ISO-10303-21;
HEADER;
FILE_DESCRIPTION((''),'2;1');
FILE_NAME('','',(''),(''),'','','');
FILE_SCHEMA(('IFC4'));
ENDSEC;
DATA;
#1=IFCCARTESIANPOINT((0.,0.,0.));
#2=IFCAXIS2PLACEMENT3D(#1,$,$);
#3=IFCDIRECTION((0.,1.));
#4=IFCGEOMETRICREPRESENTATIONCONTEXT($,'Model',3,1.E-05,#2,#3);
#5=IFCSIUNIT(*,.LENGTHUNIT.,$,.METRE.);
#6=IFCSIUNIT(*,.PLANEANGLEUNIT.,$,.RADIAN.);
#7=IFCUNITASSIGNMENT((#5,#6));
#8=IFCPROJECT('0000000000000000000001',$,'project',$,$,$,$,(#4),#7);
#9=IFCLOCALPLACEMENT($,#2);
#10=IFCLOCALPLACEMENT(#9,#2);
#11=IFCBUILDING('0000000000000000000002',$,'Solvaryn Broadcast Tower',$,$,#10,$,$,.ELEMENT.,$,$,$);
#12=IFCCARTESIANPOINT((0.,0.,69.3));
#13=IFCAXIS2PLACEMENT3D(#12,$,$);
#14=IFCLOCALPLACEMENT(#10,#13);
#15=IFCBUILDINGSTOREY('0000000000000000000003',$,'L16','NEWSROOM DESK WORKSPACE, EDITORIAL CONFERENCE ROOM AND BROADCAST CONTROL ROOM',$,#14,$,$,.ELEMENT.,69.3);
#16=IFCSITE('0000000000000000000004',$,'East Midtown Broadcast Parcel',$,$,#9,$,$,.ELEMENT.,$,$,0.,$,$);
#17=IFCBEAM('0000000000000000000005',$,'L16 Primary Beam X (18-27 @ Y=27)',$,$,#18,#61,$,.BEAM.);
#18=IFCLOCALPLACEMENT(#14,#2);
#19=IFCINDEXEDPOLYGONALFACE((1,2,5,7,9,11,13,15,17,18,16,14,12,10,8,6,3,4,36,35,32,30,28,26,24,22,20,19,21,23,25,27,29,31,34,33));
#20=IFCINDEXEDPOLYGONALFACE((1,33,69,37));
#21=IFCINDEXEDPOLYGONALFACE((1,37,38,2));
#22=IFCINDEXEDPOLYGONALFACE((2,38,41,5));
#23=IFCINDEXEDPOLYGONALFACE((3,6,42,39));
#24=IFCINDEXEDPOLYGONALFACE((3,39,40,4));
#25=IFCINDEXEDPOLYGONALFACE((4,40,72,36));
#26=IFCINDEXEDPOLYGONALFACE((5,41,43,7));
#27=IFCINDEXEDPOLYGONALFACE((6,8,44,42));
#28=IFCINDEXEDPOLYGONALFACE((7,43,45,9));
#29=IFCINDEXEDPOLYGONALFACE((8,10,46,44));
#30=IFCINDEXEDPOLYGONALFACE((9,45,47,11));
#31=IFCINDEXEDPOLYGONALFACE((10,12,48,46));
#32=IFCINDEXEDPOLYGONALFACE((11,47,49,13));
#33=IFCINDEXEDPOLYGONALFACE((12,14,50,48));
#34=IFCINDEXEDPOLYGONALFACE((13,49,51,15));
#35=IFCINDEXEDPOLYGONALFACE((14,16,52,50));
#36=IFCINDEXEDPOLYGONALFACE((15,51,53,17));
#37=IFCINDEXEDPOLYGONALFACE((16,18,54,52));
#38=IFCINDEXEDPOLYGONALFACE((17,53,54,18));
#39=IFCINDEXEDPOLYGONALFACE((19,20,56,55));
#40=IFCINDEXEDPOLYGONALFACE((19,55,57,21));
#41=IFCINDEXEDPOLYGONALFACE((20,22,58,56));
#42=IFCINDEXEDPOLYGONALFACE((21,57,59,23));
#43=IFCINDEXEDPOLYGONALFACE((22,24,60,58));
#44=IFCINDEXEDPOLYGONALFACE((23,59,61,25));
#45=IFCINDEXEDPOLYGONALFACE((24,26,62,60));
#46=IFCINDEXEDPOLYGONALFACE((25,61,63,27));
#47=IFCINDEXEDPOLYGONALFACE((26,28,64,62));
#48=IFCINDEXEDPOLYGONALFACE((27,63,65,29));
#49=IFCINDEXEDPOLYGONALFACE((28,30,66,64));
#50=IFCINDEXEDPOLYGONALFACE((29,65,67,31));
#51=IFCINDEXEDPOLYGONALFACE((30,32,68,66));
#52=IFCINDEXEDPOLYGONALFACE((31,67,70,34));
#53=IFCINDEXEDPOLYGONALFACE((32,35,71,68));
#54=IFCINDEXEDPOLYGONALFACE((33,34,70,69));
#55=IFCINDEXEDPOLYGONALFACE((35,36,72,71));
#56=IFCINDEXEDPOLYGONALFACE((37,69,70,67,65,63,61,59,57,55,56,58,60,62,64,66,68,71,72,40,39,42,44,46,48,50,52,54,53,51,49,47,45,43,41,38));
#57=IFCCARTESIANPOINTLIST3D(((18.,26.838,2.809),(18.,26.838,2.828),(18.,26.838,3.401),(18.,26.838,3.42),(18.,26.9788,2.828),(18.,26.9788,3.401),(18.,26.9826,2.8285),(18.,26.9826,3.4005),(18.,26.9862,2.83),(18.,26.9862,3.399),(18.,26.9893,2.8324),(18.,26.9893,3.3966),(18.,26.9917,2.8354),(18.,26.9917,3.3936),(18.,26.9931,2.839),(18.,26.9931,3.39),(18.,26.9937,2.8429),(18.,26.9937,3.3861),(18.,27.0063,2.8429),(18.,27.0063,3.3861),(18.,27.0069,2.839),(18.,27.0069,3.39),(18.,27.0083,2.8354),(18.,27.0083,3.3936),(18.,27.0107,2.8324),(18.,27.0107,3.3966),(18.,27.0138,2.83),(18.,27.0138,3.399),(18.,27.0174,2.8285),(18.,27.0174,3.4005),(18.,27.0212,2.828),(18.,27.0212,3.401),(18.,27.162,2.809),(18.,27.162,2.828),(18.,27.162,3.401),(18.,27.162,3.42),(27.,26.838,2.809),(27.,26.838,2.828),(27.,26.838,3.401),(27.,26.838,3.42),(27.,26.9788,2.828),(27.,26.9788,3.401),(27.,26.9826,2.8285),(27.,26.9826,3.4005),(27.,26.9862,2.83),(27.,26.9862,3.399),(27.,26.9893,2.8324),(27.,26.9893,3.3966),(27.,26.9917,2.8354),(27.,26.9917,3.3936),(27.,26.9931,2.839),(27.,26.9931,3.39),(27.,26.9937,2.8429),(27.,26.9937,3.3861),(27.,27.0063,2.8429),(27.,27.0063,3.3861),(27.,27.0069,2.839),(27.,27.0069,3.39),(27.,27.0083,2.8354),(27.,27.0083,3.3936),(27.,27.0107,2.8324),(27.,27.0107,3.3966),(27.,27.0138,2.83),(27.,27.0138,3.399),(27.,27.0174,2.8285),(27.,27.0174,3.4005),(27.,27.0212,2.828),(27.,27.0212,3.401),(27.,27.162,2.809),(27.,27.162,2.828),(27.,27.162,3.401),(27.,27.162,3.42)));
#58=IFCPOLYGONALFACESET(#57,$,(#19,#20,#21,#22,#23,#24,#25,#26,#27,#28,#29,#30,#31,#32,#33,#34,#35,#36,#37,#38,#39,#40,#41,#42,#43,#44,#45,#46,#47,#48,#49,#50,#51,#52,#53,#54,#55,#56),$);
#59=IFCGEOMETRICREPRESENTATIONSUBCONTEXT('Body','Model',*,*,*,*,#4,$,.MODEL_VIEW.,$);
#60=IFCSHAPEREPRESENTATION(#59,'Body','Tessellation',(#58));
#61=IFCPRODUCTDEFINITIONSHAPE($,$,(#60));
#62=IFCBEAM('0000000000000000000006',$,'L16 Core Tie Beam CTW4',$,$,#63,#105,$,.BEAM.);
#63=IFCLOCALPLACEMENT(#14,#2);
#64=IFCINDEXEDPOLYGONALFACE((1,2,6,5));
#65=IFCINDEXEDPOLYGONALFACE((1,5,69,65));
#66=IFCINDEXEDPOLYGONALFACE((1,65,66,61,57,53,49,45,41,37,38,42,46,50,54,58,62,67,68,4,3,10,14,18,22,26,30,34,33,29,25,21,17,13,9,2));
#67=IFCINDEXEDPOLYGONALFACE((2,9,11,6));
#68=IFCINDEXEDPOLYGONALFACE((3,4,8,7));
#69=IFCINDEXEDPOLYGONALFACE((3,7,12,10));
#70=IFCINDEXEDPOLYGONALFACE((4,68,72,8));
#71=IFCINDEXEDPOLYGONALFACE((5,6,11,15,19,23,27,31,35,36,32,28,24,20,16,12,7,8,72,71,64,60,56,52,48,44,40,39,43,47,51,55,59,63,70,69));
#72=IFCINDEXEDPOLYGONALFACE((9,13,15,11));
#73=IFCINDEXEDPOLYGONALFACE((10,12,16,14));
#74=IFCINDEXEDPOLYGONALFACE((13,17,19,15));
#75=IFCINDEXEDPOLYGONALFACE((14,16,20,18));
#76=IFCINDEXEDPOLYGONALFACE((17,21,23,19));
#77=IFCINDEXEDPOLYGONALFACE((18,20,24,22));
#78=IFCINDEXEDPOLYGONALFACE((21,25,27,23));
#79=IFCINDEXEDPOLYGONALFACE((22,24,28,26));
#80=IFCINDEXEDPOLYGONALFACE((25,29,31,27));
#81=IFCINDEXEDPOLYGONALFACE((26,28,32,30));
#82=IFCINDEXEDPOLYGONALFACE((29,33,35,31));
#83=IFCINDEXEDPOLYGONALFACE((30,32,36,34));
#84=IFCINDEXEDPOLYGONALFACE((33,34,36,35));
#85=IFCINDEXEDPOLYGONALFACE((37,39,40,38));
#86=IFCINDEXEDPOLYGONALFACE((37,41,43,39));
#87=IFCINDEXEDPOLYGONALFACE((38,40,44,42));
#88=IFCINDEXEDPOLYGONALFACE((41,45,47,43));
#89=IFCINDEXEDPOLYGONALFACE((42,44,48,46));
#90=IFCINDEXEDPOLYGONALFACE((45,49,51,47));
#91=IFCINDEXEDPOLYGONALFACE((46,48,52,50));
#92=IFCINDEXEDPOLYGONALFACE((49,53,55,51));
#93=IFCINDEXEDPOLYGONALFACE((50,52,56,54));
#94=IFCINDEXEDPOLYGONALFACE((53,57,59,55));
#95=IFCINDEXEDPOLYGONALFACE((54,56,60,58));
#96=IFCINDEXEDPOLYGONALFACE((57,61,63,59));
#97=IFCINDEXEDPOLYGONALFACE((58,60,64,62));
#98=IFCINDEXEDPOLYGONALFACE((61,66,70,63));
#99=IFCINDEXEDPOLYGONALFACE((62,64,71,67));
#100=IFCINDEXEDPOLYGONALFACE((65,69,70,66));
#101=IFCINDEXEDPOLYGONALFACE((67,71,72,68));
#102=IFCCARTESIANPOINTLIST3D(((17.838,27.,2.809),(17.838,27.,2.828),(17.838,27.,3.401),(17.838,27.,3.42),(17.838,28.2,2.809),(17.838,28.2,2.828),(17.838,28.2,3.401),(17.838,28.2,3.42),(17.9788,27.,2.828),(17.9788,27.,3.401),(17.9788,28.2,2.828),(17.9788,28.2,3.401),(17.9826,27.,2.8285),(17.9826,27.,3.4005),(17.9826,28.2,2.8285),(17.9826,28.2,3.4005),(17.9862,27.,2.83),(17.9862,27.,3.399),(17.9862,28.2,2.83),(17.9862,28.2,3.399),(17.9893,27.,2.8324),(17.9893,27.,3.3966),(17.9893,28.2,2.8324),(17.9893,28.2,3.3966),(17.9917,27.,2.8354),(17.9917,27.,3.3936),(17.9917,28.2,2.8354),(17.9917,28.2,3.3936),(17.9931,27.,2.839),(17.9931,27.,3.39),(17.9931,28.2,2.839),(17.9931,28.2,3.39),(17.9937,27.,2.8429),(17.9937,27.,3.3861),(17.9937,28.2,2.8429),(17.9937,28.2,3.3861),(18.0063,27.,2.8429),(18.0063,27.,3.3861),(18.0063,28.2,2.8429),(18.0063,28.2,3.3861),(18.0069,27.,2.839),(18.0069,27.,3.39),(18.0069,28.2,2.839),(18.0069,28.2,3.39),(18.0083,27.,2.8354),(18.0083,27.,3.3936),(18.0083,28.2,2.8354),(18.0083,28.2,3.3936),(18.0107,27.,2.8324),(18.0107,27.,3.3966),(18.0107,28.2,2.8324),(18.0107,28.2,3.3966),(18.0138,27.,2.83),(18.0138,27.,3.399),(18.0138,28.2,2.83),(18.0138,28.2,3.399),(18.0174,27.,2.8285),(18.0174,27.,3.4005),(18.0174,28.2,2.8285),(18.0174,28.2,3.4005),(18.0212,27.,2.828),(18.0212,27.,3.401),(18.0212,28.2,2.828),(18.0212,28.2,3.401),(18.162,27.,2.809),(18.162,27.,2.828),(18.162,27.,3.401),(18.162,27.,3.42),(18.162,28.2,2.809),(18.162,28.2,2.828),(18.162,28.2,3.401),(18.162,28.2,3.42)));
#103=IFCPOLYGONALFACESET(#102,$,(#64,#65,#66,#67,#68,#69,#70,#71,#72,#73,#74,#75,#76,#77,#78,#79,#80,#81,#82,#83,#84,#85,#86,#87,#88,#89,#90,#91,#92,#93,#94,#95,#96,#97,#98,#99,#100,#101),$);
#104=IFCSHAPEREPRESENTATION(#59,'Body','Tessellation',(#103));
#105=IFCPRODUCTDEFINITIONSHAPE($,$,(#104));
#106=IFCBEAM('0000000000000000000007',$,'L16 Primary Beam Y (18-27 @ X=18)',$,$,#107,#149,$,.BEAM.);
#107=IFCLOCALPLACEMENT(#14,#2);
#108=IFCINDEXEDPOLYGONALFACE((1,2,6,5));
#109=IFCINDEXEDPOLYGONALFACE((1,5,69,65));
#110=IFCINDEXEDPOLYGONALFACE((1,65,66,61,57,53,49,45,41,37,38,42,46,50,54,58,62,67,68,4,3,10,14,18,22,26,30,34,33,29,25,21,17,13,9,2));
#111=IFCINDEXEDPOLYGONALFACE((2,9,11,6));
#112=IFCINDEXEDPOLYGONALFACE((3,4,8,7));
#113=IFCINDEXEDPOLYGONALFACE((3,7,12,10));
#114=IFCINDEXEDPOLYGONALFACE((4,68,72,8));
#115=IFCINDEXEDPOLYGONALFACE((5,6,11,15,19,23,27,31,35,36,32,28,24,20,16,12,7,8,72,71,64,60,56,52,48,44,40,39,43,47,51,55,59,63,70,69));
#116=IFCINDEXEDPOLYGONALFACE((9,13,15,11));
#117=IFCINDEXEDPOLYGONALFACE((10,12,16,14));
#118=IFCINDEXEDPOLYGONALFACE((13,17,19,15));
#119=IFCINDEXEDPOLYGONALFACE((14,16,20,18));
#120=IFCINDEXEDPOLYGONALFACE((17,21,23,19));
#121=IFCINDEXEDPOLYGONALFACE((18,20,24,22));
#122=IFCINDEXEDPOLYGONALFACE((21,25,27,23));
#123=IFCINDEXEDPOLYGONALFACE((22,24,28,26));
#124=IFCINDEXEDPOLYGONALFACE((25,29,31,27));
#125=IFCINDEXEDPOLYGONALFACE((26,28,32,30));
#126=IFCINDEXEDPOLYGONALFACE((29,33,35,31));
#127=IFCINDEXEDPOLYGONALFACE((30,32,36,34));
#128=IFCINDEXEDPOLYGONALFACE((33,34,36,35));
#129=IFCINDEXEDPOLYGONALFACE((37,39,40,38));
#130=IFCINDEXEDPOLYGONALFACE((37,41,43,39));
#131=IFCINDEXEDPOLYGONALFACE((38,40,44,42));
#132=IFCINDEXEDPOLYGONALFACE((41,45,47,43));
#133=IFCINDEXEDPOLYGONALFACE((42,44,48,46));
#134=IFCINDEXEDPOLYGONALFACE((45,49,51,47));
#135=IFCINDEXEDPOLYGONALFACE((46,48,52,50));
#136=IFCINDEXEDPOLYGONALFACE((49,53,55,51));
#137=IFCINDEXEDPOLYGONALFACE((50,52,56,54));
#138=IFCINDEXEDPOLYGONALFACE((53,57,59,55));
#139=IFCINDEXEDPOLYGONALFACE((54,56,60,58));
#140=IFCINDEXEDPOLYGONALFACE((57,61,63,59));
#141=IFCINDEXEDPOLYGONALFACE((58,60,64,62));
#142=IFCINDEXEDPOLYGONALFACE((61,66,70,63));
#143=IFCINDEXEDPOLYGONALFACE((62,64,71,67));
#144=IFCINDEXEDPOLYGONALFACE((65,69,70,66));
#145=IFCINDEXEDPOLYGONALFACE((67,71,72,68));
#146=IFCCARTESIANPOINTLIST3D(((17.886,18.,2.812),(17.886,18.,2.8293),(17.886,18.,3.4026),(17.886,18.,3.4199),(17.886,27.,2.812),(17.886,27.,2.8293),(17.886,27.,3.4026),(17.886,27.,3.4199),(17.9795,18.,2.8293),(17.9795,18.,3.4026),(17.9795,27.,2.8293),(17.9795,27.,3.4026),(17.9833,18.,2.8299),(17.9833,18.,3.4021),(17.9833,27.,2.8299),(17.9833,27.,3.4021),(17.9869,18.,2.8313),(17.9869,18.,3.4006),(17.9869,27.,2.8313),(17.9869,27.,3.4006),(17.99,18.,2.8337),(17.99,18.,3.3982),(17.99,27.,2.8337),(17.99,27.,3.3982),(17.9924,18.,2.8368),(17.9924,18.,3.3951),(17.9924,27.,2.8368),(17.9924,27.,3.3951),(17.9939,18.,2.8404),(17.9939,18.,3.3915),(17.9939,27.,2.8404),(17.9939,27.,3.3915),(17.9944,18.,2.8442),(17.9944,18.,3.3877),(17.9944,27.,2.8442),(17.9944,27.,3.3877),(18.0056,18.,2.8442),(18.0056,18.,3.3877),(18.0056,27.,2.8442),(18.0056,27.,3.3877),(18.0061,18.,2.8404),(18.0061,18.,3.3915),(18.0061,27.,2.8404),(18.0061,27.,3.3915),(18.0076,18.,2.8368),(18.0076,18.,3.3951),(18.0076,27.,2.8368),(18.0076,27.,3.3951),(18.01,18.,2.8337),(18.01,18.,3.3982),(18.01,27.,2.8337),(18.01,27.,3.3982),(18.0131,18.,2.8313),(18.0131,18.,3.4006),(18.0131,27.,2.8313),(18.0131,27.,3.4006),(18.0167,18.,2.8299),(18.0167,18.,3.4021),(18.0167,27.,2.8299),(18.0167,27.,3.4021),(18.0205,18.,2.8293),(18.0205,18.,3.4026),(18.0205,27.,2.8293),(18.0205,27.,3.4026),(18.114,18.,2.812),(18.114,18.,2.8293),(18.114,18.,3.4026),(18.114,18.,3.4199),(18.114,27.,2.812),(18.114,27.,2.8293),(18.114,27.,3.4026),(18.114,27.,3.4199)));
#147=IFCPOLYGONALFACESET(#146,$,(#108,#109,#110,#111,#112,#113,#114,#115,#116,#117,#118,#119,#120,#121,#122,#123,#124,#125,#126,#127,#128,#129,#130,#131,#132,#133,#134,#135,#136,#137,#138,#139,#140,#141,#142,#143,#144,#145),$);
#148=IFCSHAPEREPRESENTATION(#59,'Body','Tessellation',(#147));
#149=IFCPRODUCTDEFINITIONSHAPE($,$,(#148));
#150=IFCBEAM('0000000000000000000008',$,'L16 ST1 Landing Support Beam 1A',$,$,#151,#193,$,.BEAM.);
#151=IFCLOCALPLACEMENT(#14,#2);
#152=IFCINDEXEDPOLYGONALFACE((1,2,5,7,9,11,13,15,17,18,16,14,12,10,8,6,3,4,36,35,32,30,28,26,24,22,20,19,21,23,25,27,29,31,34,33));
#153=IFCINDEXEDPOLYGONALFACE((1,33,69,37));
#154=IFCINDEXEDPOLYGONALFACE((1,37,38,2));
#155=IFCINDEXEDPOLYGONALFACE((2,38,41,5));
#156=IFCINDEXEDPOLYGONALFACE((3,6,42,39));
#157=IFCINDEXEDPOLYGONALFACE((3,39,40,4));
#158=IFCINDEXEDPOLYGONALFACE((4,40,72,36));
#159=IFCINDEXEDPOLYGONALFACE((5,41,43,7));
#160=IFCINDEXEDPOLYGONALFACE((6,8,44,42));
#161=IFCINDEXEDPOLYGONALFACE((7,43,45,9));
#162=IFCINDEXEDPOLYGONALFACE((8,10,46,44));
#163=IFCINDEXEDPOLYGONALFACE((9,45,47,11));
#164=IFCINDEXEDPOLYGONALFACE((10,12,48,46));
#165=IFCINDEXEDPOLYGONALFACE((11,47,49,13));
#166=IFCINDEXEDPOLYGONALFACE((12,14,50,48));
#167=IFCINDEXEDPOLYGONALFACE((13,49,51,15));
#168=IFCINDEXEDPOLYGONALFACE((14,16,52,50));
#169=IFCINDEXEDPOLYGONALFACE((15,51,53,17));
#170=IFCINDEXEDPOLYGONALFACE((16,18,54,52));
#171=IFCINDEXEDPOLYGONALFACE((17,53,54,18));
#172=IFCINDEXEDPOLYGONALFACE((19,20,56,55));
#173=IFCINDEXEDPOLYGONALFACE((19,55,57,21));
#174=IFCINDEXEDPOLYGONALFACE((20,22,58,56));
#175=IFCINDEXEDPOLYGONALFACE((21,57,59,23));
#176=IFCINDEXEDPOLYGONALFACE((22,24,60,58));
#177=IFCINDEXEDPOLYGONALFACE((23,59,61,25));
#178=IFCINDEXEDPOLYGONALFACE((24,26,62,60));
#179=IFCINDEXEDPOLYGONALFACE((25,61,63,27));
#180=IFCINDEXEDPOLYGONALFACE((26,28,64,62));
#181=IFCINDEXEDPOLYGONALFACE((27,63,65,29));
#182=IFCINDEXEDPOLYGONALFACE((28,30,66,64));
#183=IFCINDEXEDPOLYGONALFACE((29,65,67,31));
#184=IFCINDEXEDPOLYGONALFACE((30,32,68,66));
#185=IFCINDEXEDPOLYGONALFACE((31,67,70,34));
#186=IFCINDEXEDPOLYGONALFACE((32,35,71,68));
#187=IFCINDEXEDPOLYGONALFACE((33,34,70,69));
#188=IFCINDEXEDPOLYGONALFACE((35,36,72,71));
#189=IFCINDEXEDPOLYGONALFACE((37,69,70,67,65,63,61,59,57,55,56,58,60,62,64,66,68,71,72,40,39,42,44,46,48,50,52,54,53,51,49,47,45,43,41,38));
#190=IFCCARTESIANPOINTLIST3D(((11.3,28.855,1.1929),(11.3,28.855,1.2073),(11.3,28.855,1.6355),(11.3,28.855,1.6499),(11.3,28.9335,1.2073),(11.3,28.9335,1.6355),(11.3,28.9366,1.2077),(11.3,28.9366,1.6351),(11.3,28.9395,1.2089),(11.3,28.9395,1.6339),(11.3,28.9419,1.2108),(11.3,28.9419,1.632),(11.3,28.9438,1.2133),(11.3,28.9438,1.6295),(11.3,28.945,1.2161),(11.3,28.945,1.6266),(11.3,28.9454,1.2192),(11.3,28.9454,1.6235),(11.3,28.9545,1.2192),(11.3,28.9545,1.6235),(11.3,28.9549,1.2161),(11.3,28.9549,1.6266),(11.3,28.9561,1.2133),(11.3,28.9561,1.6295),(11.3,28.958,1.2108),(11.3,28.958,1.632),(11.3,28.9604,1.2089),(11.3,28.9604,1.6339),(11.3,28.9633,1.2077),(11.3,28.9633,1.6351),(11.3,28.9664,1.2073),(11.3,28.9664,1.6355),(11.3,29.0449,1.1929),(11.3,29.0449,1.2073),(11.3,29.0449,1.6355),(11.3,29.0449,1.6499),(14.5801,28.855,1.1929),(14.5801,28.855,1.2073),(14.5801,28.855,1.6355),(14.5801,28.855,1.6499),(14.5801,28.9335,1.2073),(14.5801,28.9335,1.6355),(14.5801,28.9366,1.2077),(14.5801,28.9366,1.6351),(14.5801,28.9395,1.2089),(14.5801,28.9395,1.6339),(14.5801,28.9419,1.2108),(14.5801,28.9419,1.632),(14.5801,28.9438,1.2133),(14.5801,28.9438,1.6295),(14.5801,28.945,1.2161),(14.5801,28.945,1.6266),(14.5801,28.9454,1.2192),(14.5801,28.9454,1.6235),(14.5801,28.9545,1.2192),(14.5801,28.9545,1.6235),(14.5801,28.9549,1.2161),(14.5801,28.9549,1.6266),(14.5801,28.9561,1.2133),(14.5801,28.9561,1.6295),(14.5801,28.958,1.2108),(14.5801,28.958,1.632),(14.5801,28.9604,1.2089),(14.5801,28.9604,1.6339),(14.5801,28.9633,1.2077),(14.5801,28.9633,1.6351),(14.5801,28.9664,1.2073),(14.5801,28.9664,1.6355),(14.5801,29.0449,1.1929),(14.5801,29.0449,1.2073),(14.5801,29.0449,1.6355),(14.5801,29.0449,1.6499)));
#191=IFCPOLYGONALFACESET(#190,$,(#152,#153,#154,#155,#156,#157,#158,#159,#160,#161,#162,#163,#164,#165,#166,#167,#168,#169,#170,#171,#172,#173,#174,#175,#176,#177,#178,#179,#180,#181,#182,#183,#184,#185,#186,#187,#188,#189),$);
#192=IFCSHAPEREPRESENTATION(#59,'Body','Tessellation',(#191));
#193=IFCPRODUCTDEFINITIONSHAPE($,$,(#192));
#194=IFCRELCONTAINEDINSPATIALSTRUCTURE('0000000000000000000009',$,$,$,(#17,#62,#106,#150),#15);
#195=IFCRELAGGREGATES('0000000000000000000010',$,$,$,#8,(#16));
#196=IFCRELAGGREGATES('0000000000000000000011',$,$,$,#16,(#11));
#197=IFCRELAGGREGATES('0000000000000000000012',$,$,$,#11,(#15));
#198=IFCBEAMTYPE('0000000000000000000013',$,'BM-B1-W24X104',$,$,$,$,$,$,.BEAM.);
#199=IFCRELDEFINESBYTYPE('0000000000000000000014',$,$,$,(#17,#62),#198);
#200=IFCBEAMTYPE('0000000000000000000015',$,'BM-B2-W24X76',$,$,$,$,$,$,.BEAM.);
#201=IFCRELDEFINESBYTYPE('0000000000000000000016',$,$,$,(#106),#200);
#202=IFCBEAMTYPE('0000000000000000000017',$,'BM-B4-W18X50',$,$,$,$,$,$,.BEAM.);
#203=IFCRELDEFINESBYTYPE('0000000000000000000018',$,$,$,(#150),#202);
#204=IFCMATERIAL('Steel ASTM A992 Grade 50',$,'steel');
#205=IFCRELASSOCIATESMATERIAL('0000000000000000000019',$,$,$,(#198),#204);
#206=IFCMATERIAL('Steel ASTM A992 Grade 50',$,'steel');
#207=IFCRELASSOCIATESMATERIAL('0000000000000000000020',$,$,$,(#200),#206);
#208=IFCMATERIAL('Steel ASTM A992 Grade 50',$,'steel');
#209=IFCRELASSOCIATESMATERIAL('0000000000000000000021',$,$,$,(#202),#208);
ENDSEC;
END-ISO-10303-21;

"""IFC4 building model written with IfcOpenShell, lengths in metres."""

from ifc_helpers import new_model, si_unit, direction, frame, origin, origin_2d, place, context, subcontext, project, spatial, i_section, extrude, material, material_profile, profile_set, type_object, element, save


model = new_model("IFC4")

# Units and contexts
model_context = context("Model", 3, precision=1e-05, world=origin(), true_north=direction((0.0, 1.0)))
body_context = subcontext(model_context, "Body", "Model", "MODEL_VIEW")
ifc_project = project(units=[si_unit("LENGTHUNIT", "METRE"), si_unit("PLANEANGLEUNIT", "RADIAN")], contexts=[model_context])

# Site, building, storey
site_placement = place(None, origin())
site = spatial("IfcSite", under=ifc_project, at=site_placement, Name="East Midtown Broadcast Parcel", CompositionType="ELEMENT", RefElevation=0.0)
building_placement = place(site_placement, origin())
building = spatial("IfcBuilding", under=site, at=building_placement, Name="Solvaryn Broadcast Tower", CompositionType="ELEMENT")
storey_placement = place(building_placement, frame((0.0, 0.0, 69.3)))
storey = spatial("IfcBuildingStorey", under=building, at=storey_placement, Name="L16", Description="NEWSROOM DESK WORKSPACE, EDITORIAL CONFERENCE ROOM AND BROADCAST CONTROL ROOM", CompositionType="ELEMENT", Elevation=69.3)

# Beams
ifc_material_1 = material(Name="Steel ASTM A992 Grade 50", Category="steel")
ifc_material_profile_1 = material_profile(ifc_material_1, i_section(OverallWidth=0.324, OverallDepth=0.6111, WebThickness=0.0127, FlangeThickness=0.019, FilletRadius=0.0149, at=origin_2d()))
ifc_profile_set_1 = profile_set([ifc_material_profile_1], Name="Steel ASTM A992 Grade 50")
beam_type_1 = type_object("IfcBeamType", Name="BM-B1-W24X104", PredefinedType="BEAM", material=ifc_profile_set_1)
for number, where, z_axis, x_axis, name in (
    (1, (18.0, 27.0, 3.1145), (1.0, 0.0, 0.0), (0.0, 1.0, 0.0), "L16 Primary Beam X (18-27 @ Y=27)"),
):
    element("IfcBeam", number, at=place(storey_placement, frame(where, z_axis=z_axis, x_axis=x_axis)), inside=storey, type_object=beam_type_1, Name=name, PredefinedType="BEAM", context=body_context, shape_type="SweptSolid", body=[
        extrude(i_section(OverallWidth=0.324, OverallDepth=0.6111, WebThickness=0.0127, FlangeThickness=0.019, FilletRadius=0.0149, at=origin_2d()), origin(), (0.0, 0.0, 1.0), 9.0),
    ])
beam_1_placement = place(storey_placement, frame((18.0, 27.0, 3.1145), z_axis=(0.0, 1.0, 0.0), x_axis=(-1.0, 0.0, 0.0)))
element("IfcBeam", 2, at=beam_1_placement, inside=storey, type_object=beam_type_1, Name="L16 Core Tie Beam CTW4", PredefinedType="BEAM", context=body_context, shape_type="SweptSolid", body=[
    extrude(i_section(OverallWidth=0.324, OverallDepth=0.6111, WebThickness=0.0127, FlangeThickness=0.019, FilletRadius=0.0149, at=origin_2d()), origin(), (0.0, 0.0, 1.0), 1.2),
])
ifc_material_2 = material(Name="Steel ASTM A992 Grade 50", Category="steel")
ifc_material_profile_2 = material_profile(ifc_material_2, i_section(OverallWidth=0.228, OverallDepth=0.6079, WebThickness=0.0112, FlangeThickness=0.0173, FilletRadius=0.0149, at=origin_2d()))
ifc_profile_set_2 = profile_set([ifc_material_profile_2], Name="Steel ASTM A992 Grade 50")
beam_type_2 = type_object("IfcBeamType", Name="BM-B2-W24X76", PredefinedType="BEAM", material=ifc_profile_set_2)
beam_2_placement = place(storey_placement, frame((18.0, 18.0, 3.116), z_axis=(0.0, 1.0, 0.0), x_axis=(-1.0, 0.0, 0.0)))
element("IfcBeam", 3, at=beam_2_placement, inside=storey, type_object=beam_type_2, Name="L16 Primary Beam Y (18-27 @ X=18)", PredefinedType="BEAM", context=body_context, shape_type="SweptSolid", body=[
    extrude(i_section(OverallWidth=0.228, OverallDepth=0.6079, WebThickness=0.0112, FlangeThickness=0.0173, FilletRadius=0.0149, at=origin_2d()), origin(), (0.0, 0.0, 1.0), 9.0),
])
ifc_material_3 = material(Name="Steel ASTM A992 Grade 50", Category="steel")
ifc_material_profile_3 = material_profile(ifc_material_3, i_section(OverallWidth=0.1899, OverallDepth=0.457, WebThickness=0.009, FlangeThickness=0.0144, FilletRadius=0.012, at=origin_2d()))
ifc_profile_set_3 = profile_set([ifc_material_profile_3], Name="Steel ASTM A992 Grade 50")
beam_type_3 = type_object("IfcBeamType", Name="BM-B4-W18X50", PredefinedType="BEAM", material=ifc_profile_set_3)
beam_3_placement = place(storey_placement, frame((11.3, 28.95, 1.4214), z_axis=(1.0, 0.0, 0.0), x_axis=(0.0, 1.0, 0.0)))
element("IfcBeam", 4, at=beam_3_placement, inside=storey, type_object=beam_type_3, Name="L16 ST1 Landing Support Beam 1A", PredefinedType="BEAM", context=body_context, shape_type="SweptSolid", body=[
    extrude(i_section(OverallWidth=0.1899, OverallDepth=0.457, WebThickness=0.009, FlangeThickness=0.0144, FilletRadius=0.012, at=origin_2d()), origin(), (0.0, 0.0, 1.0), 3.28),
])

save(model, "model.ifc")
